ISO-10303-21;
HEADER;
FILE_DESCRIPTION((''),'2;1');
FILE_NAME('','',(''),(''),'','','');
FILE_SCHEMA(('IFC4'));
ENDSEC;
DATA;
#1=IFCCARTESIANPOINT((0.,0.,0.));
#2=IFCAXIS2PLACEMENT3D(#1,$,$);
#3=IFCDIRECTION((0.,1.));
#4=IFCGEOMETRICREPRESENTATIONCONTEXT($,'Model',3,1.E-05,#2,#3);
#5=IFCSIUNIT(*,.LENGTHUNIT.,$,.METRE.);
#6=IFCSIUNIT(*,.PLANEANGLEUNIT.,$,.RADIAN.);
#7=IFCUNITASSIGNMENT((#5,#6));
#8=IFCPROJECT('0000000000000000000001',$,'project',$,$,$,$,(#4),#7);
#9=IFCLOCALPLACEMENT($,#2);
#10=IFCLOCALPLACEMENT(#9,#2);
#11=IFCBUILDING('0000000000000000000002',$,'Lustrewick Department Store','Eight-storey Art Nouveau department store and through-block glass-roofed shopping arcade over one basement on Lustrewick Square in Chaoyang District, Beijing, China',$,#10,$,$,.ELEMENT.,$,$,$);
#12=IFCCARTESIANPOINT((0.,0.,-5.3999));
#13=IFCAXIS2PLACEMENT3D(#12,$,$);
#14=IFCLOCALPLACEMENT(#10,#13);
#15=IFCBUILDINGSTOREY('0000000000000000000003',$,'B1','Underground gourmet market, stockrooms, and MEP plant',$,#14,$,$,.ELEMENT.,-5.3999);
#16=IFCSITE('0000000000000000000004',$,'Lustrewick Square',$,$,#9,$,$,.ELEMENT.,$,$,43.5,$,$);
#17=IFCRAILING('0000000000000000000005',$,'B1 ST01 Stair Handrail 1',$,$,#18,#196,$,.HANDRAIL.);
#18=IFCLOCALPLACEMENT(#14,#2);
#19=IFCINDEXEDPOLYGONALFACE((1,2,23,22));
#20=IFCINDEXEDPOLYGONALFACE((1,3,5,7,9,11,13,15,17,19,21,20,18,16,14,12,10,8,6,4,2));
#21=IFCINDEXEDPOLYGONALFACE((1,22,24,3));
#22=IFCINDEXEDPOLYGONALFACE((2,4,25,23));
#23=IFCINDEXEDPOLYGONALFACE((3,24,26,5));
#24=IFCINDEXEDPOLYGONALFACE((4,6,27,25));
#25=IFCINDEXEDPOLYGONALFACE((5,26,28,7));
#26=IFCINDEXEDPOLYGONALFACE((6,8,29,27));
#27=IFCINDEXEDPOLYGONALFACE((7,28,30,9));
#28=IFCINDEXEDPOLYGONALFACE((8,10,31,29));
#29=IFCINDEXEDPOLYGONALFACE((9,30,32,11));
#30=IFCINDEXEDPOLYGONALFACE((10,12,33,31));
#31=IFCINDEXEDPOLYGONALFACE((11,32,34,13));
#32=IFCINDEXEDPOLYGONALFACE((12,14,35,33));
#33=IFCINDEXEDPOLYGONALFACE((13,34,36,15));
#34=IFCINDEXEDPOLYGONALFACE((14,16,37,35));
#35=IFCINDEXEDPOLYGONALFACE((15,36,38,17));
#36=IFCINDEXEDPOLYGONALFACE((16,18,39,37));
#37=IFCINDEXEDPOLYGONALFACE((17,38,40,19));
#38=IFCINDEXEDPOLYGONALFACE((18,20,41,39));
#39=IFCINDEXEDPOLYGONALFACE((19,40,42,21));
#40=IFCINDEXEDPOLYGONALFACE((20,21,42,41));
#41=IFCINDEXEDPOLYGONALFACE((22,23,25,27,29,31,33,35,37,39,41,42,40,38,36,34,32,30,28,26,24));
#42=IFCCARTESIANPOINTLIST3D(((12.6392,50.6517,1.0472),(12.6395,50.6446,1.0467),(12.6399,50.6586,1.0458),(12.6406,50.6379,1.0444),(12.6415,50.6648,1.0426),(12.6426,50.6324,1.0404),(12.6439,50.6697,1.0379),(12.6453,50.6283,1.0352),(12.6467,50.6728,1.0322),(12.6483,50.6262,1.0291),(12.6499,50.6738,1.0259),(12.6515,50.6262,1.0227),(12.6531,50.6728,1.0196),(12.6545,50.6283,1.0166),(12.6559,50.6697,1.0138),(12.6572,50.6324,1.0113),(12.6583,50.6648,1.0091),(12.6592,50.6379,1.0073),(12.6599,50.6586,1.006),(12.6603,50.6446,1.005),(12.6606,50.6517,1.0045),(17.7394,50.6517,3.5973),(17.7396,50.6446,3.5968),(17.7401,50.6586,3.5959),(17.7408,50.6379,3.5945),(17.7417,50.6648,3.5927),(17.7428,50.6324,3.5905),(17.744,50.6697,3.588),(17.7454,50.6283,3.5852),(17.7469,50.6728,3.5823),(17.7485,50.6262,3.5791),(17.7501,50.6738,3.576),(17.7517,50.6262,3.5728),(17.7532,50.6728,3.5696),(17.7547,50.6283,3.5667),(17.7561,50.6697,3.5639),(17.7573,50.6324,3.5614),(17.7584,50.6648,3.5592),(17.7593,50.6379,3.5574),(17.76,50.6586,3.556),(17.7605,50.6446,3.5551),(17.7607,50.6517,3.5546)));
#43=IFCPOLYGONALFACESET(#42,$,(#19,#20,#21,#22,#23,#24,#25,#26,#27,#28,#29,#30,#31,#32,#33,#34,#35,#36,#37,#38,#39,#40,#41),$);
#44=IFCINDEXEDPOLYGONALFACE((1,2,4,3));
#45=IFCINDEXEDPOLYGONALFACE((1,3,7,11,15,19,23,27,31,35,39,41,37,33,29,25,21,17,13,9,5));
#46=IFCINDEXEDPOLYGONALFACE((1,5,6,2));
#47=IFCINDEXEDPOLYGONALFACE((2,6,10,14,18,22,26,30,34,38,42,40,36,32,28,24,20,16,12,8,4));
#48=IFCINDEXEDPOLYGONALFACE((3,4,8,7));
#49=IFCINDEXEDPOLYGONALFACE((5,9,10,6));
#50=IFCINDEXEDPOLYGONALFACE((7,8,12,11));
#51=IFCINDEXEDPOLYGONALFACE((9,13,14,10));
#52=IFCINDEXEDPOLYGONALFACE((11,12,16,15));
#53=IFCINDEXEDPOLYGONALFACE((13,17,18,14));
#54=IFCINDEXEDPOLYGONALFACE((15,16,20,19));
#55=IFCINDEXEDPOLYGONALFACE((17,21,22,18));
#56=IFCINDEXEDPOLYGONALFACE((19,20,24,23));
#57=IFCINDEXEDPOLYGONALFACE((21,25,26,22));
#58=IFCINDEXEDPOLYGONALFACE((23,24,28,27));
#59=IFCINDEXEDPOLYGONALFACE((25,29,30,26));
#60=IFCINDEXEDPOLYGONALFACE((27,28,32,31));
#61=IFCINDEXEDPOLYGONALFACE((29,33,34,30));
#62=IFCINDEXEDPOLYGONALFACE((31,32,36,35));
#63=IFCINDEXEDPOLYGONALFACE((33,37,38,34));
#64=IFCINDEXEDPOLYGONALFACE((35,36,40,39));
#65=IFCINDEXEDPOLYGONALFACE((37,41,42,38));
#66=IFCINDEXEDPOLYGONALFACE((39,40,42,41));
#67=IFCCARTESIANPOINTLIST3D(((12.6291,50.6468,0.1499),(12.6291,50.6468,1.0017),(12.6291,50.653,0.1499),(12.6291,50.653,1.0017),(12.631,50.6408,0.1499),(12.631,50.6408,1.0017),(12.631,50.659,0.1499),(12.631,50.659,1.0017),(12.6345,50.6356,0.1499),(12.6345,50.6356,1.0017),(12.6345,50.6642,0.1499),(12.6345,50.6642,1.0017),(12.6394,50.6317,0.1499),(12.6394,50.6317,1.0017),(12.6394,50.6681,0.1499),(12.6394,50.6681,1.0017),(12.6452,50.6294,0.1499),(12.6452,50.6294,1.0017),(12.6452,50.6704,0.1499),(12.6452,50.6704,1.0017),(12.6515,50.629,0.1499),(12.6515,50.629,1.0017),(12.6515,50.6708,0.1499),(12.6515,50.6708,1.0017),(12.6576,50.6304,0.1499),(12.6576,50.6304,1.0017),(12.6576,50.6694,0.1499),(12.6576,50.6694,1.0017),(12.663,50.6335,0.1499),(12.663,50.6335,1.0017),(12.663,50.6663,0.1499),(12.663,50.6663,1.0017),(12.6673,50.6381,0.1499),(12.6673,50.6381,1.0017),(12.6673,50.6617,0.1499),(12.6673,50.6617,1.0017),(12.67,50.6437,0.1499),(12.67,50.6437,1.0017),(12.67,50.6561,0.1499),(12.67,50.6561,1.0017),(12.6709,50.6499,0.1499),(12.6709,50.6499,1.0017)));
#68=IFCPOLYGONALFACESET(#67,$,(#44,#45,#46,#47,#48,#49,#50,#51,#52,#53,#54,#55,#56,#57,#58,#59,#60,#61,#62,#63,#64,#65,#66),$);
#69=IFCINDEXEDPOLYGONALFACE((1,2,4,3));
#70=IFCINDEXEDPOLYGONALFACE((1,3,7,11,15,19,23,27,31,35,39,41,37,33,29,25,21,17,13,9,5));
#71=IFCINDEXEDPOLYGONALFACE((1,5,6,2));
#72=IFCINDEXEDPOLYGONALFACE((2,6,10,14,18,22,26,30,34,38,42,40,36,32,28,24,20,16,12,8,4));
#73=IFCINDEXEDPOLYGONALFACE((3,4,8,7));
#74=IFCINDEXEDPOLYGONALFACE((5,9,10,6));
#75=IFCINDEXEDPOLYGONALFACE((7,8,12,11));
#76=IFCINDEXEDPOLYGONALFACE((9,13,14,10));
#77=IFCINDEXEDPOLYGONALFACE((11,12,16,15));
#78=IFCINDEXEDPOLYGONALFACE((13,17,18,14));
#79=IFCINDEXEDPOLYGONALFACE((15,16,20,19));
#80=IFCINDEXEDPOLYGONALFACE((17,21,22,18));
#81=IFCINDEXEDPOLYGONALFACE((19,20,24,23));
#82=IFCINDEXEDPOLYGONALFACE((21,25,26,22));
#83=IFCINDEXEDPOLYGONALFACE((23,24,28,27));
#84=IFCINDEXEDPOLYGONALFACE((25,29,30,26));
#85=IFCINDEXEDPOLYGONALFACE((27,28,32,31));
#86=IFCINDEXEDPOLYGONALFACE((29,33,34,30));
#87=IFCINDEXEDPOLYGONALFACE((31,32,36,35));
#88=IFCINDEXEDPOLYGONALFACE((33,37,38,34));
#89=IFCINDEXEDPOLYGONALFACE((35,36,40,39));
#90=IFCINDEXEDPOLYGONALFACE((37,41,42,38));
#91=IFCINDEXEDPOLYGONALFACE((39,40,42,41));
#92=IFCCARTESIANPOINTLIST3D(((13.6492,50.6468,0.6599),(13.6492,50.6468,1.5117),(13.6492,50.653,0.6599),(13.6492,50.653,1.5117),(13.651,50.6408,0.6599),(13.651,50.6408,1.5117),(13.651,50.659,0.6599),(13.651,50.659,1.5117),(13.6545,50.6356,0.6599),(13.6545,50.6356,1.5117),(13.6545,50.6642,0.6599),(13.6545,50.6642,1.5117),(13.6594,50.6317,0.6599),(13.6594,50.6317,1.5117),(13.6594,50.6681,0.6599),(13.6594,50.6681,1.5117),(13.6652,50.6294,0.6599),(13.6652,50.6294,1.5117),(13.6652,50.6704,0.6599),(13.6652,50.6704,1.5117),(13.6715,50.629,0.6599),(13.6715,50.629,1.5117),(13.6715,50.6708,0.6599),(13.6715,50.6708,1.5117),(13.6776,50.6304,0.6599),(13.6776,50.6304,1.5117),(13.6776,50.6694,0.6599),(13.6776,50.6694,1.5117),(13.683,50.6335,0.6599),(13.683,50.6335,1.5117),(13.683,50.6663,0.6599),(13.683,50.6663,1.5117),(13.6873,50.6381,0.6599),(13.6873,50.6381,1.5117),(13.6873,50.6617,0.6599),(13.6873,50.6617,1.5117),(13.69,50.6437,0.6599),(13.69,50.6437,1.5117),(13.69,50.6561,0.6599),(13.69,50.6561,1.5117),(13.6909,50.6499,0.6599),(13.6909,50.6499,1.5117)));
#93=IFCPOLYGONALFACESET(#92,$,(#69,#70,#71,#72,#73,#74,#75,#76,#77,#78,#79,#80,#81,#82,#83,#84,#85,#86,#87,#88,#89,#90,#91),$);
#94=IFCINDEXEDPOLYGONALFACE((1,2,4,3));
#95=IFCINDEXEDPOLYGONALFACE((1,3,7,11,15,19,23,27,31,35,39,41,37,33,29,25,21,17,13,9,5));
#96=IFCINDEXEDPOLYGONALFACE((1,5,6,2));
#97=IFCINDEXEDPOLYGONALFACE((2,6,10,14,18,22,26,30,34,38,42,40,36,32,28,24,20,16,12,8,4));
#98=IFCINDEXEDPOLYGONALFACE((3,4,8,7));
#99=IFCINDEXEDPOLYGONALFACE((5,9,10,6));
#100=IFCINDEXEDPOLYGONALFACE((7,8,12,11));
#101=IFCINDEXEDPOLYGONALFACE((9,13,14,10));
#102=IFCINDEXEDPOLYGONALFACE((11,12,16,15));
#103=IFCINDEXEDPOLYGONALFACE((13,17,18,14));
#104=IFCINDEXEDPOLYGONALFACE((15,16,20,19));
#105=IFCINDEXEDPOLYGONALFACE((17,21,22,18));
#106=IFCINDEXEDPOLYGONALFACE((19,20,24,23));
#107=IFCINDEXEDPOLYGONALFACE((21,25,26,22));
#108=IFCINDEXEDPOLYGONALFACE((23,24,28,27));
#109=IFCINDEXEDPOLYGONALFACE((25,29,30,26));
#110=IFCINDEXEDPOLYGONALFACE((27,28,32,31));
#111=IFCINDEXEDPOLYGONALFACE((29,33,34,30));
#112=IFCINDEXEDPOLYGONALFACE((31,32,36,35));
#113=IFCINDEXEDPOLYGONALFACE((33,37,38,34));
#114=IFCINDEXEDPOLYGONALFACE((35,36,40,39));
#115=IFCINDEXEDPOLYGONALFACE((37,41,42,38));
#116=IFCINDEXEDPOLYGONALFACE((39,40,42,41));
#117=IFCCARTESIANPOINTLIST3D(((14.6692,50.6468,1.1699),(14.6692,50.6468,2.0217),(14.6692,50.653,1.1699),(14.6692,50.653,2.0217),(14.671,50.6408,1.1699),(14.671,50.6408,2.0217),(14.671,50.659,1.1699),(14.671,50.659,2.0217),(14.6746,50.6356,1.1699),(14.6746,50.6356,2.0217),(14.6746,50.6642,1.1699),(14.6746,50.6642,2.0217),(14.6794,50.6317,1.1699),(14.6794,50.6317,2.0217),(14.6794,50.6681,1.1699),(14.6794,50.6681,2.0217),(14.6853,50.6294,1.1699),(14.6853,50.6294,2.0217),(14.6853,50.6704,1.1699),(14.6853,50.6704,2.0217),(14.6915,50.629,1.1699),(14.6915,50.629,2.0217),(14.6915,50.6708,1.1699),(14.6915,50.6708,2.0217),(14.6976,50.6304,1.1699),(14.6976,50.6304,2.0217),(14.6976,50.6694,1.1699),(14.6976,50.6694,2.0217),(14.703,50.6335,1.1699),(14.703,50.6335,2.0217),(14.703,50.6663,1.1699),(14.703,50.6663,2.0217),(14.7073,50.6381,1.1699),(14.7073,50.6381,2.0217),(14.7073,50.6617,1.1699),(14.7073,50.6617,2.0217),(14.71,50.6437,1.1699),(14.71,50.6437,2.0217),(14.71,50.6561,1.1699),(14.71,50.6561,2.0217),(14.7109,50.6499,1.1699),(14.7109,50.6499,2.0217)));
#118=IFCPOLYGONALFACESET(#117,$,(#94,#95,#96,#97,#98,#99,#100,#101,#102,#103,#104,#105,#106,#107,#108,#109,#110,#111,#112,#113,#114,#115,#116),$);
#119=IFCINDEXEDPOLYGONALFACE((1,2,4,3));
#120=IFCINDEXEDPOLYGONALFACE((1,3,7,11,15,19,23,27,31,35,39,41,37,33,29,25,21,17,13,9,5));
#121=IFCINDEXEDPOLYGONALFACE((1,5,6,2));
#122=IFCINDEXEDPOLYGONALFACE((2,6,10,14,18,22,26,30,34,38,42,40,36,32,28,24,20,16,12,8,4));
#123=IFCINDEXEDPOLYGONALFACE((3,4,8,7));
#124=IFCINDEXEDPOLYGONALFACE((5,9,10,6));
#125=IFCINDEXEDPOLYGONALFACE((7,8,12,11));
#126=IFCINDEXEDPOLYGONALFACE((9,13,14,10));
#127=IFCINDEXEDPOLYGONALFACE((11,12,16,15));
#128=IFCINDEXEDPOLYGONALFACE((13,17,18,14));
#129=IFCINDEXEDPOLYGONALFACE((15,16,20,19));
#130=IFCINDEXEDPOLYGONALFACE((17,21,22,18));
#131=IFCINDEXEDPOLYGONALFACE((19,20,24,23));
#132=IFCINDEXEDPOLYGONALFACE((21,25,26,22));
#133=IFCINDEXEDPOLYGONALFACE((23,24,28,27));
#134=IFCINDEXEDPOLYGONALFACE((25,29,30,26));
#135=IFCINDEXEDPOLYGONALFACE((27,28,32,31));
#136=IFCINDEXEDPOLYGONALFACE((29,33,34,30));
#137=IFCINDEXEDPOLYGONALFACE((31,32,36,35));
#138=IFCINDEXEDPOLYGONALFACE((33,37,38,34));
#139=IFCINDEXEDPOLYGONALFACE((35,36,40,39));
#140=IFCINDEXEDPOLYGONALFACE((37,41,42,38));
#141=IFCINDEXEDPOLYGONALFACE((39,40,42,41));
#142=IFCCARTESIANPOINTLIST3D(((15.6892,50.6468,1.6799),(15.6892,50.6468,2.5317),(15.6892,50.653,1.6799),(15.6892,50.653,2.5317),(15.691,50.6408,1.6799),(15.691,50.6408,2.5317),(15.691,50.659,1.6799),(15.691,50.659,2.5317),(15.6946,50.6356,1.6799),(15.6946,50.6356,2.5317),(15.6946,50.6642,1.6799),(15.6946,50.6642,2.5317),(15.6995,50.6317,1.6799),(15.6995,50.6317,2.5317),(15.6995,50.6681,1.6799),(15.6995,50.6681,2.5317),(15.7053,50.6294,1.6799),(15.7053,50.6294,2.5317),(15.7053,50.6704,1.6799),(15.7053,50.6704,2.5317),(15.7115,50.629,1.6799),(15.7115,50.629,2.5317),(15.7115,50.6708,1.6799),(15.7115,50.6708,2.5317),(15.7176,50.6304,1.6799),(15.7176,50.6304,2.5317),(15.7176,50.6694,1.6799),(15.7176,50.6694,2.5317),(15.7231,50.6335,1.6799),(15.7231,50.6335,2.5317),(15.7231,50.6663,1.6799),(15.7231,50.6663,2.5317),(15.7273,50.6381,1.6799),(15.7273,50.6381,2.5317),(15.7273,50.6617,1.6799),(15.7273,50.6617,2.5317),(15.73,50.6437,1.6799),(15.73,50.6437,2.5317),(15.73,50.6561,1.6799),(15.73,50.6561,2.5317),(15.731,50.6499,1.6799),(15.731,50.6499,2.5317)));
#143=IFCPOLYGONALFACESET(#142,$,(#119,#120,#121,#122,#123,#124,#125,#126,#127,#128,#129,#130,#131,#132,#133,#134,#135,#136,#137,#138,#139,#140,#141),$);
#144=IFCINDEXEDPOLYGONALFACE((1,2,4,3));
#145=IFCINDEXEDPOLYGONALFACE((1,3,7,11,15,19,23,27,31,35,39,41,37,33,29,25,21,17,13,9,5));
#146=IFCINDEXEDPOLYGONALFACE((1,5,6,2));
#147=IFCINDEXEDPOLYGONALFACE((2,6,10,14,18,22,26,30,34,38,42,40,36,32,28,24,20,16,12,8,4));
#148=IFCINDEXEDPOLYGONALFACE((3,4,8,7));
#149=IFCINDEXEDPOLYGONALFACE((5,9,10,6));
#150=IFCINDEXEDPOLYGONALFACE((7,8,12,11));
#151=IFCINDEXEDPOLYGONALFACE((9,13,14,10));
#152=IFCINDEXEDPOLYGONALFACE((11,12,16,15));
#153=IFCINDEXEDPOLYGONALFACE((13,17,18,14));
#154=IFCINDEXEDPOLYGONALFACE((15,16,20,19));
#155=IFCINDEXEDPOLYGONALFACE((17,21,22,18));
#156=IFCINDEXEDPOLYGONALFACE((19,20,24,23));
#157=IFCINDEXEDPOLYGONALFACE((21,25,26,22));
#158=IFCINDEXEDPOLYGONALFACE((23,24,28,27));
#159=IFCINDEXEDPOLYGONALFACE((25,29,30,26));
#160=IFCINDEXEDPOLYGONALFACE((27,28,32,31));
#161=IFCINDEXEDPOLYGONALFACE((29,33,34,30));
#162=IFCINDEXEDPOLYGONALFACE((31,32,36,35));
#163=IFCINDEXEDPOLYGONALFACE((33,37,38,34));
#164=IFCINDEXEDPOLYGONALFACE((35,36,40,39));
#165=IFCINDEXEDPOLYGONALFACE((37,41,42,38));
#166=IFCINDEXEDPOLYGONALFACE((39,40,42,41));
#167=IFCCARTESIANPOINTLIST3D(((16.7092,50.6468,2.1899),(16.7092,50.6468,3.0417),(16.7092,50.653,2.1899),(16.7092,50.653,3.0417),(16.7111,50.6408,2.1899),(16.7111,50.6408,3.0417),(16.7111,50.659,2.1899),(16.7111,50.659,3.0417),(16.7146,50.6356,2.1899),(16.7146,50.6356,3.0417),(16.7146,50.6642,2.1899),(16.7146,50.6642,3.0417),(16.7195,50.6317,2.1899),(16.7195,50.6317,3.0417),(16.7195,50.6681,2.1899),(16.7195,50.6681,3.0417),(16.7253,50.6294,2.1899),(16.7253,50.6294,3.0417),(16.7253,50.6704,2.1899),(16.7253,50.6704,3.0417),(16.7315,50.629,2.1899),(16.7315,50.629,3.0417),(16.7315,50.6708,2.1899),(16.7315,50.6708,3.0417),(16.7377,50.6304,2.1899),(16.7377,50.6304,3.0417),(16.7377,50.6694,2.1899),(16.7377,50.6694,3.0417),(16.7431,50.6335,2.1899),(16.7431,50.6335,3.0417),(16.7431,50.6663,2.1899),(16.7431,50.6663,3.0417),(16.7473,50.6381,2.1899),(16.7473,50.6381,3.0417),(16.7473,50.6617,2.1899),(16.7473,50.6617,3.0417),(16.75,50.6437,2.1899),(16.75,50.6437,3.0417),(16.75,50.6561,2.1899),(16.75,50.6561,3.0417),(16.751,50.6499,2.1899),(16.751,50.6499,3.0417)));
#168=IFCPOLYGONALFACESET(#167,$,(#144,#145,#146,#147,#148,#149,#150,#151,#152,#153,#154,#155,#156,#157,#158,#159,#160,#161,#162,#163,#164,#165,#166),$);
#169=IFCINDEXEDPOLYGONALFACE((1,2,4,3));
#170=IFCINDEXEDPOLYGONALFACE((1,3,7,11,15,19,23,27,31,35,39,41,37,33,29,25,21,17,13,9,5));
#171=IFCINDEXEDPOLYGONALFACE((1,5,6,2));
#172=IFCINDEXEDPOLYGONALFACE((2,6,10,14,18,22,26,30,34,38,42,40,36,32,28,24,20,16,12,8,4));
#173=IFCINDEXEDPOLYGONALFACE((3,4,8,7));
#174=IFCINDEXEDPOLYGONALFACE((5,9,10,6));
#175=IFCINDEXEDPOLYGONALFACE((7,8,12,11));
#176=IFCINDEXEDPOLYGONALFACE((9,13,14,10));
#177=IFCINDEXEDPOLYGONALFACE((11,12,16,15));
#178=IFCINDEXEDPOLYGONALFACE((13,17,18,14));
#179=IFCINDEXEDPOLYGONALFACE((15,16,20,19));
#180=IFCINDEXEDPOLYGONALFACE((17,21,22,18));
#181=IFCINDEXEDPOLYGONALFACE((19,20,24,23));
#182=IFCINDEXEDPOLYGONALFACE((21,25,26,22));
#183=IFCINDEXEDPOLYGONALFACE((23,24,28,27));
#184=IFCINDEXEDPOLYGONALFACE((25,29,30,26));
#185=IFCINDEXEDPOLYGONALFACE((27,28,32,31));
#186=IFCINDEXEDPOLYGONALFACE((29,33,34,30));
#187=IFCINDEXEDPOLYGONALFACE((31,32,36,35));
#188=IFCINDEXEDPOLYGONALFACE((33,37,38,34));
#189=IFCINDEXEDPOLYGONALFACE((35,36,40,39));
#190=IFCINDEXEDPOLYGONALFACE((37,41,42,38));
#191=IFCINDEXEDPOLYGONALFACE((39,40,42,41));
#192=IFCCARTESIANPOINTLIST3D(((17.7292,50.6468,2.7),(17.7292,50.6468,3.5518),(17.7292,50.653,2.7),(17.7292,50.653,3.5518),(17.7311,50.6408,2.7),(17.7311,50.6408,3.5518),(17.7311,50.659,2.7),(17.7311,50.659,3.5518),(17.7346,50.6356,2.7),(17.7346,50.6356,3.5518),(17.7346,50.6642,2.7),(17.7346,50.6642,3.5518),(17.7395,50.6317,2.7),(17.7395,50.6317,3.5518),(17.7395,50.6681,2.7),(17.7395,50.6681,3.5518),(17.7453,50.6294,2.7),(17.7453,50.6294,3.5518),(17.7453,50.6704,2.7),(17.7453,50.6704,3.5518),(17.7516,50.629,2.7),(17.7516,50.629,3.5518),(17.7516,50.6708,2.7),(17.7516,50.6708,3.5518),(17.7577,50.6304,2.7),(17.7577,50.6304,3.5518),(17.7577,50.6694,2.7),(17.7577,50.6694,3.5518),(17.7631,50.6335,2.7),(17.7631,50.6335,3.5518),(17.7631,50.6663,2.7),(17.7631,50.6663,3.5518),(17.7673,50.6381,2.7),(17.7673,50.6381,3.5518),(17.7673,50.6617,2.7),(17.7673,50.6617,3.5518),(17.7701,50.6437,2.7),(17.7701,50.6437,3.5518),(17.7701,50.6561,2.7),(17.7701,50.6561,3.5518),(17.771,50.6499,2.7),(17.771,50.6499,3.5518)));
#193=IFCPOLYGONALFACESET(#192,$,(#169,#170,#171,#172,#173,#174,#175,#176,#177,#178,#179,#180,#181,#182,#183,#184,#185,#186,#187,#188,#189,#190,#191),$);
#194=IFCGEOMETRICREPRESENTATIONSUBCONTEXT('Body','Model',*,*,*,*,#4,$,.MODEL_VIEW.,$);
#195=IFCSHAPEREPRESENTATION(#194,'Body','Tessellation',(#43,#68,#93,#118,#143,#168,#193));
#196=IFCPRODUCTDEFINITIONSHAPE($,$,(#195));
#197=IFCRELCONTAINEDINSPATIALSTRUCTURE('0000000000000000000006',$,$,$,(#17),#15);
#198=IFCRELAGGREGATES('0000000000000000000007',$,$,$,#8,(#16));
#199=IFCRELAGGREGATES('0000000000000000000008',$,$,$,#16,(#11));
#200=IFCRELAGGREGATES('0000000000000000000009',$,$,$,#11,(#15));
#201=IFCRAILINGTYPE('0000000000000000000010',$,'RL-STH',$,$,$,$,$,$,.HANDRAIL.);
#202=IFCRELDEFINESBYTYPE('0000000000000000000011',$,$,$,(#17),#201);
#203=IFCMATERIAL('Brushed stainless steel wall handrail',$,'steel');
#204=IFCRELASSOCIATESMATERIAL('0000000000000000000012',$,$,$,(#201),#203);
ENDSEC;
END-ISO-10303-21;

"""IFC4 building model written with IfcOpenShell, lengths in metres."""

from ifc_helpers import new_model, si_unit, direction, frame, origin, origin_2d, place, context, subcontext, project, spatial, circle, extrude, material, type_object, element, save


model = new_model("IFC4")

# Units and contexts
model_context = context("Model", 3, precision=1e-05, world=origin(), true_north=direction((0.0, 1.0)))
body_context = subcontext(model_context, "Body", "Model", "MODEL_VIEW")
ifc_project = project(units=[si_unit("LENGTHUNIT", "METRE"), si_unit("PLANEANGLEUNIT", "RADIAN")], contexts=[model_context])

# Site, building, storey
site_placement = place(None, origin())
site = spatial("IfcSite", under=ifc_project, at=site_placement, Name="Lustrewick Square", CompositionType="ELEMENT", RefElevation=43.5)
building_placement = place(site_placement, origin())
building = spatial("IfcBuilding", under=site, at=building_placement, Name="Lustrewick Department Store", Description="Eight-storey Art Nouveau department store and through-block glass-roofed shopping arcade over one basement on Lustrewick Square in Chaoyang District, Beijing, China", CompositionType="ELEMENT")
storey_placement = place(building_placement, frame((0.0, 0.0, -5.3999)))
storey = spatial("IfcBuildingStorey", under=building, at=storey_placement, Name="B1", Description="Underground gourmet market, stockrooms, and MEP plant", CompositionType="ELEMENT", Elevation=-5.3999)

# Railing
ifc_material_1 = material(Name="Brushed stainless steel wall handrail", Category="steel")
railing_type_1 = type_object("IfcRailingType", Name="RL-STH", PredefinedType="HANDRAIL", material=ifc_material_1)
railing_1_placement = place(storey_placement, frame((12.6499, 50.6499, 0.1499)))
element("IfcRailing", 1, at=railing_1_placement, inside=storey, type_object=railing_type_1, Name="B1 ST01 Stair Handrail 1", PredefinedType="HANDRAIL", context=body_context, shape_type="SweptSolid", body=[
    extrude(circle(Radius=0.0239, at=origin_2d()), frame((0.0, 0.0, 0.876), z_axis=(0.894427, 0.0, 0.447214), x_axis=(0.0, 1.0, 0.0)), (0.0, 0.0, 1.0), 5.7021),
    extrude(circle(Radius=0.021, at=origin_2d()), origin(), (0.0, 0.0, 1.0), 0.8518),
    extrude(circle(Radius=0.021, at=origin_2d()), frame((1.02, 0.0, 0.51)), (0.0, 0.0, 1.0), 0.8518),
    extrude(circle(Radius=0.021, at=origin_2d()), frame((2.04, 0.0, 1.02)), (0.0, 0.0, 1.0), 0.8518),
    extrude(circle(Radius=0.021, at=origin_2d()), frame((3.0601, 0.0, 1.53)), (0.0, 0.0, 1.0), 0.8518),
    extrude(circle(Radius=0.021, at=origin_2d()), frame((4.0801, 0.0, 2.04)), (0.0, 0.0, 1.0), 0.8518),
    extrude(circle(Radius=0.021, at=origin_2d()), frame((5.1001, 0.0, 2.55)), (0.0, 0.0, 1.0), 0.8518),
])

save(model, "model.ifc")
